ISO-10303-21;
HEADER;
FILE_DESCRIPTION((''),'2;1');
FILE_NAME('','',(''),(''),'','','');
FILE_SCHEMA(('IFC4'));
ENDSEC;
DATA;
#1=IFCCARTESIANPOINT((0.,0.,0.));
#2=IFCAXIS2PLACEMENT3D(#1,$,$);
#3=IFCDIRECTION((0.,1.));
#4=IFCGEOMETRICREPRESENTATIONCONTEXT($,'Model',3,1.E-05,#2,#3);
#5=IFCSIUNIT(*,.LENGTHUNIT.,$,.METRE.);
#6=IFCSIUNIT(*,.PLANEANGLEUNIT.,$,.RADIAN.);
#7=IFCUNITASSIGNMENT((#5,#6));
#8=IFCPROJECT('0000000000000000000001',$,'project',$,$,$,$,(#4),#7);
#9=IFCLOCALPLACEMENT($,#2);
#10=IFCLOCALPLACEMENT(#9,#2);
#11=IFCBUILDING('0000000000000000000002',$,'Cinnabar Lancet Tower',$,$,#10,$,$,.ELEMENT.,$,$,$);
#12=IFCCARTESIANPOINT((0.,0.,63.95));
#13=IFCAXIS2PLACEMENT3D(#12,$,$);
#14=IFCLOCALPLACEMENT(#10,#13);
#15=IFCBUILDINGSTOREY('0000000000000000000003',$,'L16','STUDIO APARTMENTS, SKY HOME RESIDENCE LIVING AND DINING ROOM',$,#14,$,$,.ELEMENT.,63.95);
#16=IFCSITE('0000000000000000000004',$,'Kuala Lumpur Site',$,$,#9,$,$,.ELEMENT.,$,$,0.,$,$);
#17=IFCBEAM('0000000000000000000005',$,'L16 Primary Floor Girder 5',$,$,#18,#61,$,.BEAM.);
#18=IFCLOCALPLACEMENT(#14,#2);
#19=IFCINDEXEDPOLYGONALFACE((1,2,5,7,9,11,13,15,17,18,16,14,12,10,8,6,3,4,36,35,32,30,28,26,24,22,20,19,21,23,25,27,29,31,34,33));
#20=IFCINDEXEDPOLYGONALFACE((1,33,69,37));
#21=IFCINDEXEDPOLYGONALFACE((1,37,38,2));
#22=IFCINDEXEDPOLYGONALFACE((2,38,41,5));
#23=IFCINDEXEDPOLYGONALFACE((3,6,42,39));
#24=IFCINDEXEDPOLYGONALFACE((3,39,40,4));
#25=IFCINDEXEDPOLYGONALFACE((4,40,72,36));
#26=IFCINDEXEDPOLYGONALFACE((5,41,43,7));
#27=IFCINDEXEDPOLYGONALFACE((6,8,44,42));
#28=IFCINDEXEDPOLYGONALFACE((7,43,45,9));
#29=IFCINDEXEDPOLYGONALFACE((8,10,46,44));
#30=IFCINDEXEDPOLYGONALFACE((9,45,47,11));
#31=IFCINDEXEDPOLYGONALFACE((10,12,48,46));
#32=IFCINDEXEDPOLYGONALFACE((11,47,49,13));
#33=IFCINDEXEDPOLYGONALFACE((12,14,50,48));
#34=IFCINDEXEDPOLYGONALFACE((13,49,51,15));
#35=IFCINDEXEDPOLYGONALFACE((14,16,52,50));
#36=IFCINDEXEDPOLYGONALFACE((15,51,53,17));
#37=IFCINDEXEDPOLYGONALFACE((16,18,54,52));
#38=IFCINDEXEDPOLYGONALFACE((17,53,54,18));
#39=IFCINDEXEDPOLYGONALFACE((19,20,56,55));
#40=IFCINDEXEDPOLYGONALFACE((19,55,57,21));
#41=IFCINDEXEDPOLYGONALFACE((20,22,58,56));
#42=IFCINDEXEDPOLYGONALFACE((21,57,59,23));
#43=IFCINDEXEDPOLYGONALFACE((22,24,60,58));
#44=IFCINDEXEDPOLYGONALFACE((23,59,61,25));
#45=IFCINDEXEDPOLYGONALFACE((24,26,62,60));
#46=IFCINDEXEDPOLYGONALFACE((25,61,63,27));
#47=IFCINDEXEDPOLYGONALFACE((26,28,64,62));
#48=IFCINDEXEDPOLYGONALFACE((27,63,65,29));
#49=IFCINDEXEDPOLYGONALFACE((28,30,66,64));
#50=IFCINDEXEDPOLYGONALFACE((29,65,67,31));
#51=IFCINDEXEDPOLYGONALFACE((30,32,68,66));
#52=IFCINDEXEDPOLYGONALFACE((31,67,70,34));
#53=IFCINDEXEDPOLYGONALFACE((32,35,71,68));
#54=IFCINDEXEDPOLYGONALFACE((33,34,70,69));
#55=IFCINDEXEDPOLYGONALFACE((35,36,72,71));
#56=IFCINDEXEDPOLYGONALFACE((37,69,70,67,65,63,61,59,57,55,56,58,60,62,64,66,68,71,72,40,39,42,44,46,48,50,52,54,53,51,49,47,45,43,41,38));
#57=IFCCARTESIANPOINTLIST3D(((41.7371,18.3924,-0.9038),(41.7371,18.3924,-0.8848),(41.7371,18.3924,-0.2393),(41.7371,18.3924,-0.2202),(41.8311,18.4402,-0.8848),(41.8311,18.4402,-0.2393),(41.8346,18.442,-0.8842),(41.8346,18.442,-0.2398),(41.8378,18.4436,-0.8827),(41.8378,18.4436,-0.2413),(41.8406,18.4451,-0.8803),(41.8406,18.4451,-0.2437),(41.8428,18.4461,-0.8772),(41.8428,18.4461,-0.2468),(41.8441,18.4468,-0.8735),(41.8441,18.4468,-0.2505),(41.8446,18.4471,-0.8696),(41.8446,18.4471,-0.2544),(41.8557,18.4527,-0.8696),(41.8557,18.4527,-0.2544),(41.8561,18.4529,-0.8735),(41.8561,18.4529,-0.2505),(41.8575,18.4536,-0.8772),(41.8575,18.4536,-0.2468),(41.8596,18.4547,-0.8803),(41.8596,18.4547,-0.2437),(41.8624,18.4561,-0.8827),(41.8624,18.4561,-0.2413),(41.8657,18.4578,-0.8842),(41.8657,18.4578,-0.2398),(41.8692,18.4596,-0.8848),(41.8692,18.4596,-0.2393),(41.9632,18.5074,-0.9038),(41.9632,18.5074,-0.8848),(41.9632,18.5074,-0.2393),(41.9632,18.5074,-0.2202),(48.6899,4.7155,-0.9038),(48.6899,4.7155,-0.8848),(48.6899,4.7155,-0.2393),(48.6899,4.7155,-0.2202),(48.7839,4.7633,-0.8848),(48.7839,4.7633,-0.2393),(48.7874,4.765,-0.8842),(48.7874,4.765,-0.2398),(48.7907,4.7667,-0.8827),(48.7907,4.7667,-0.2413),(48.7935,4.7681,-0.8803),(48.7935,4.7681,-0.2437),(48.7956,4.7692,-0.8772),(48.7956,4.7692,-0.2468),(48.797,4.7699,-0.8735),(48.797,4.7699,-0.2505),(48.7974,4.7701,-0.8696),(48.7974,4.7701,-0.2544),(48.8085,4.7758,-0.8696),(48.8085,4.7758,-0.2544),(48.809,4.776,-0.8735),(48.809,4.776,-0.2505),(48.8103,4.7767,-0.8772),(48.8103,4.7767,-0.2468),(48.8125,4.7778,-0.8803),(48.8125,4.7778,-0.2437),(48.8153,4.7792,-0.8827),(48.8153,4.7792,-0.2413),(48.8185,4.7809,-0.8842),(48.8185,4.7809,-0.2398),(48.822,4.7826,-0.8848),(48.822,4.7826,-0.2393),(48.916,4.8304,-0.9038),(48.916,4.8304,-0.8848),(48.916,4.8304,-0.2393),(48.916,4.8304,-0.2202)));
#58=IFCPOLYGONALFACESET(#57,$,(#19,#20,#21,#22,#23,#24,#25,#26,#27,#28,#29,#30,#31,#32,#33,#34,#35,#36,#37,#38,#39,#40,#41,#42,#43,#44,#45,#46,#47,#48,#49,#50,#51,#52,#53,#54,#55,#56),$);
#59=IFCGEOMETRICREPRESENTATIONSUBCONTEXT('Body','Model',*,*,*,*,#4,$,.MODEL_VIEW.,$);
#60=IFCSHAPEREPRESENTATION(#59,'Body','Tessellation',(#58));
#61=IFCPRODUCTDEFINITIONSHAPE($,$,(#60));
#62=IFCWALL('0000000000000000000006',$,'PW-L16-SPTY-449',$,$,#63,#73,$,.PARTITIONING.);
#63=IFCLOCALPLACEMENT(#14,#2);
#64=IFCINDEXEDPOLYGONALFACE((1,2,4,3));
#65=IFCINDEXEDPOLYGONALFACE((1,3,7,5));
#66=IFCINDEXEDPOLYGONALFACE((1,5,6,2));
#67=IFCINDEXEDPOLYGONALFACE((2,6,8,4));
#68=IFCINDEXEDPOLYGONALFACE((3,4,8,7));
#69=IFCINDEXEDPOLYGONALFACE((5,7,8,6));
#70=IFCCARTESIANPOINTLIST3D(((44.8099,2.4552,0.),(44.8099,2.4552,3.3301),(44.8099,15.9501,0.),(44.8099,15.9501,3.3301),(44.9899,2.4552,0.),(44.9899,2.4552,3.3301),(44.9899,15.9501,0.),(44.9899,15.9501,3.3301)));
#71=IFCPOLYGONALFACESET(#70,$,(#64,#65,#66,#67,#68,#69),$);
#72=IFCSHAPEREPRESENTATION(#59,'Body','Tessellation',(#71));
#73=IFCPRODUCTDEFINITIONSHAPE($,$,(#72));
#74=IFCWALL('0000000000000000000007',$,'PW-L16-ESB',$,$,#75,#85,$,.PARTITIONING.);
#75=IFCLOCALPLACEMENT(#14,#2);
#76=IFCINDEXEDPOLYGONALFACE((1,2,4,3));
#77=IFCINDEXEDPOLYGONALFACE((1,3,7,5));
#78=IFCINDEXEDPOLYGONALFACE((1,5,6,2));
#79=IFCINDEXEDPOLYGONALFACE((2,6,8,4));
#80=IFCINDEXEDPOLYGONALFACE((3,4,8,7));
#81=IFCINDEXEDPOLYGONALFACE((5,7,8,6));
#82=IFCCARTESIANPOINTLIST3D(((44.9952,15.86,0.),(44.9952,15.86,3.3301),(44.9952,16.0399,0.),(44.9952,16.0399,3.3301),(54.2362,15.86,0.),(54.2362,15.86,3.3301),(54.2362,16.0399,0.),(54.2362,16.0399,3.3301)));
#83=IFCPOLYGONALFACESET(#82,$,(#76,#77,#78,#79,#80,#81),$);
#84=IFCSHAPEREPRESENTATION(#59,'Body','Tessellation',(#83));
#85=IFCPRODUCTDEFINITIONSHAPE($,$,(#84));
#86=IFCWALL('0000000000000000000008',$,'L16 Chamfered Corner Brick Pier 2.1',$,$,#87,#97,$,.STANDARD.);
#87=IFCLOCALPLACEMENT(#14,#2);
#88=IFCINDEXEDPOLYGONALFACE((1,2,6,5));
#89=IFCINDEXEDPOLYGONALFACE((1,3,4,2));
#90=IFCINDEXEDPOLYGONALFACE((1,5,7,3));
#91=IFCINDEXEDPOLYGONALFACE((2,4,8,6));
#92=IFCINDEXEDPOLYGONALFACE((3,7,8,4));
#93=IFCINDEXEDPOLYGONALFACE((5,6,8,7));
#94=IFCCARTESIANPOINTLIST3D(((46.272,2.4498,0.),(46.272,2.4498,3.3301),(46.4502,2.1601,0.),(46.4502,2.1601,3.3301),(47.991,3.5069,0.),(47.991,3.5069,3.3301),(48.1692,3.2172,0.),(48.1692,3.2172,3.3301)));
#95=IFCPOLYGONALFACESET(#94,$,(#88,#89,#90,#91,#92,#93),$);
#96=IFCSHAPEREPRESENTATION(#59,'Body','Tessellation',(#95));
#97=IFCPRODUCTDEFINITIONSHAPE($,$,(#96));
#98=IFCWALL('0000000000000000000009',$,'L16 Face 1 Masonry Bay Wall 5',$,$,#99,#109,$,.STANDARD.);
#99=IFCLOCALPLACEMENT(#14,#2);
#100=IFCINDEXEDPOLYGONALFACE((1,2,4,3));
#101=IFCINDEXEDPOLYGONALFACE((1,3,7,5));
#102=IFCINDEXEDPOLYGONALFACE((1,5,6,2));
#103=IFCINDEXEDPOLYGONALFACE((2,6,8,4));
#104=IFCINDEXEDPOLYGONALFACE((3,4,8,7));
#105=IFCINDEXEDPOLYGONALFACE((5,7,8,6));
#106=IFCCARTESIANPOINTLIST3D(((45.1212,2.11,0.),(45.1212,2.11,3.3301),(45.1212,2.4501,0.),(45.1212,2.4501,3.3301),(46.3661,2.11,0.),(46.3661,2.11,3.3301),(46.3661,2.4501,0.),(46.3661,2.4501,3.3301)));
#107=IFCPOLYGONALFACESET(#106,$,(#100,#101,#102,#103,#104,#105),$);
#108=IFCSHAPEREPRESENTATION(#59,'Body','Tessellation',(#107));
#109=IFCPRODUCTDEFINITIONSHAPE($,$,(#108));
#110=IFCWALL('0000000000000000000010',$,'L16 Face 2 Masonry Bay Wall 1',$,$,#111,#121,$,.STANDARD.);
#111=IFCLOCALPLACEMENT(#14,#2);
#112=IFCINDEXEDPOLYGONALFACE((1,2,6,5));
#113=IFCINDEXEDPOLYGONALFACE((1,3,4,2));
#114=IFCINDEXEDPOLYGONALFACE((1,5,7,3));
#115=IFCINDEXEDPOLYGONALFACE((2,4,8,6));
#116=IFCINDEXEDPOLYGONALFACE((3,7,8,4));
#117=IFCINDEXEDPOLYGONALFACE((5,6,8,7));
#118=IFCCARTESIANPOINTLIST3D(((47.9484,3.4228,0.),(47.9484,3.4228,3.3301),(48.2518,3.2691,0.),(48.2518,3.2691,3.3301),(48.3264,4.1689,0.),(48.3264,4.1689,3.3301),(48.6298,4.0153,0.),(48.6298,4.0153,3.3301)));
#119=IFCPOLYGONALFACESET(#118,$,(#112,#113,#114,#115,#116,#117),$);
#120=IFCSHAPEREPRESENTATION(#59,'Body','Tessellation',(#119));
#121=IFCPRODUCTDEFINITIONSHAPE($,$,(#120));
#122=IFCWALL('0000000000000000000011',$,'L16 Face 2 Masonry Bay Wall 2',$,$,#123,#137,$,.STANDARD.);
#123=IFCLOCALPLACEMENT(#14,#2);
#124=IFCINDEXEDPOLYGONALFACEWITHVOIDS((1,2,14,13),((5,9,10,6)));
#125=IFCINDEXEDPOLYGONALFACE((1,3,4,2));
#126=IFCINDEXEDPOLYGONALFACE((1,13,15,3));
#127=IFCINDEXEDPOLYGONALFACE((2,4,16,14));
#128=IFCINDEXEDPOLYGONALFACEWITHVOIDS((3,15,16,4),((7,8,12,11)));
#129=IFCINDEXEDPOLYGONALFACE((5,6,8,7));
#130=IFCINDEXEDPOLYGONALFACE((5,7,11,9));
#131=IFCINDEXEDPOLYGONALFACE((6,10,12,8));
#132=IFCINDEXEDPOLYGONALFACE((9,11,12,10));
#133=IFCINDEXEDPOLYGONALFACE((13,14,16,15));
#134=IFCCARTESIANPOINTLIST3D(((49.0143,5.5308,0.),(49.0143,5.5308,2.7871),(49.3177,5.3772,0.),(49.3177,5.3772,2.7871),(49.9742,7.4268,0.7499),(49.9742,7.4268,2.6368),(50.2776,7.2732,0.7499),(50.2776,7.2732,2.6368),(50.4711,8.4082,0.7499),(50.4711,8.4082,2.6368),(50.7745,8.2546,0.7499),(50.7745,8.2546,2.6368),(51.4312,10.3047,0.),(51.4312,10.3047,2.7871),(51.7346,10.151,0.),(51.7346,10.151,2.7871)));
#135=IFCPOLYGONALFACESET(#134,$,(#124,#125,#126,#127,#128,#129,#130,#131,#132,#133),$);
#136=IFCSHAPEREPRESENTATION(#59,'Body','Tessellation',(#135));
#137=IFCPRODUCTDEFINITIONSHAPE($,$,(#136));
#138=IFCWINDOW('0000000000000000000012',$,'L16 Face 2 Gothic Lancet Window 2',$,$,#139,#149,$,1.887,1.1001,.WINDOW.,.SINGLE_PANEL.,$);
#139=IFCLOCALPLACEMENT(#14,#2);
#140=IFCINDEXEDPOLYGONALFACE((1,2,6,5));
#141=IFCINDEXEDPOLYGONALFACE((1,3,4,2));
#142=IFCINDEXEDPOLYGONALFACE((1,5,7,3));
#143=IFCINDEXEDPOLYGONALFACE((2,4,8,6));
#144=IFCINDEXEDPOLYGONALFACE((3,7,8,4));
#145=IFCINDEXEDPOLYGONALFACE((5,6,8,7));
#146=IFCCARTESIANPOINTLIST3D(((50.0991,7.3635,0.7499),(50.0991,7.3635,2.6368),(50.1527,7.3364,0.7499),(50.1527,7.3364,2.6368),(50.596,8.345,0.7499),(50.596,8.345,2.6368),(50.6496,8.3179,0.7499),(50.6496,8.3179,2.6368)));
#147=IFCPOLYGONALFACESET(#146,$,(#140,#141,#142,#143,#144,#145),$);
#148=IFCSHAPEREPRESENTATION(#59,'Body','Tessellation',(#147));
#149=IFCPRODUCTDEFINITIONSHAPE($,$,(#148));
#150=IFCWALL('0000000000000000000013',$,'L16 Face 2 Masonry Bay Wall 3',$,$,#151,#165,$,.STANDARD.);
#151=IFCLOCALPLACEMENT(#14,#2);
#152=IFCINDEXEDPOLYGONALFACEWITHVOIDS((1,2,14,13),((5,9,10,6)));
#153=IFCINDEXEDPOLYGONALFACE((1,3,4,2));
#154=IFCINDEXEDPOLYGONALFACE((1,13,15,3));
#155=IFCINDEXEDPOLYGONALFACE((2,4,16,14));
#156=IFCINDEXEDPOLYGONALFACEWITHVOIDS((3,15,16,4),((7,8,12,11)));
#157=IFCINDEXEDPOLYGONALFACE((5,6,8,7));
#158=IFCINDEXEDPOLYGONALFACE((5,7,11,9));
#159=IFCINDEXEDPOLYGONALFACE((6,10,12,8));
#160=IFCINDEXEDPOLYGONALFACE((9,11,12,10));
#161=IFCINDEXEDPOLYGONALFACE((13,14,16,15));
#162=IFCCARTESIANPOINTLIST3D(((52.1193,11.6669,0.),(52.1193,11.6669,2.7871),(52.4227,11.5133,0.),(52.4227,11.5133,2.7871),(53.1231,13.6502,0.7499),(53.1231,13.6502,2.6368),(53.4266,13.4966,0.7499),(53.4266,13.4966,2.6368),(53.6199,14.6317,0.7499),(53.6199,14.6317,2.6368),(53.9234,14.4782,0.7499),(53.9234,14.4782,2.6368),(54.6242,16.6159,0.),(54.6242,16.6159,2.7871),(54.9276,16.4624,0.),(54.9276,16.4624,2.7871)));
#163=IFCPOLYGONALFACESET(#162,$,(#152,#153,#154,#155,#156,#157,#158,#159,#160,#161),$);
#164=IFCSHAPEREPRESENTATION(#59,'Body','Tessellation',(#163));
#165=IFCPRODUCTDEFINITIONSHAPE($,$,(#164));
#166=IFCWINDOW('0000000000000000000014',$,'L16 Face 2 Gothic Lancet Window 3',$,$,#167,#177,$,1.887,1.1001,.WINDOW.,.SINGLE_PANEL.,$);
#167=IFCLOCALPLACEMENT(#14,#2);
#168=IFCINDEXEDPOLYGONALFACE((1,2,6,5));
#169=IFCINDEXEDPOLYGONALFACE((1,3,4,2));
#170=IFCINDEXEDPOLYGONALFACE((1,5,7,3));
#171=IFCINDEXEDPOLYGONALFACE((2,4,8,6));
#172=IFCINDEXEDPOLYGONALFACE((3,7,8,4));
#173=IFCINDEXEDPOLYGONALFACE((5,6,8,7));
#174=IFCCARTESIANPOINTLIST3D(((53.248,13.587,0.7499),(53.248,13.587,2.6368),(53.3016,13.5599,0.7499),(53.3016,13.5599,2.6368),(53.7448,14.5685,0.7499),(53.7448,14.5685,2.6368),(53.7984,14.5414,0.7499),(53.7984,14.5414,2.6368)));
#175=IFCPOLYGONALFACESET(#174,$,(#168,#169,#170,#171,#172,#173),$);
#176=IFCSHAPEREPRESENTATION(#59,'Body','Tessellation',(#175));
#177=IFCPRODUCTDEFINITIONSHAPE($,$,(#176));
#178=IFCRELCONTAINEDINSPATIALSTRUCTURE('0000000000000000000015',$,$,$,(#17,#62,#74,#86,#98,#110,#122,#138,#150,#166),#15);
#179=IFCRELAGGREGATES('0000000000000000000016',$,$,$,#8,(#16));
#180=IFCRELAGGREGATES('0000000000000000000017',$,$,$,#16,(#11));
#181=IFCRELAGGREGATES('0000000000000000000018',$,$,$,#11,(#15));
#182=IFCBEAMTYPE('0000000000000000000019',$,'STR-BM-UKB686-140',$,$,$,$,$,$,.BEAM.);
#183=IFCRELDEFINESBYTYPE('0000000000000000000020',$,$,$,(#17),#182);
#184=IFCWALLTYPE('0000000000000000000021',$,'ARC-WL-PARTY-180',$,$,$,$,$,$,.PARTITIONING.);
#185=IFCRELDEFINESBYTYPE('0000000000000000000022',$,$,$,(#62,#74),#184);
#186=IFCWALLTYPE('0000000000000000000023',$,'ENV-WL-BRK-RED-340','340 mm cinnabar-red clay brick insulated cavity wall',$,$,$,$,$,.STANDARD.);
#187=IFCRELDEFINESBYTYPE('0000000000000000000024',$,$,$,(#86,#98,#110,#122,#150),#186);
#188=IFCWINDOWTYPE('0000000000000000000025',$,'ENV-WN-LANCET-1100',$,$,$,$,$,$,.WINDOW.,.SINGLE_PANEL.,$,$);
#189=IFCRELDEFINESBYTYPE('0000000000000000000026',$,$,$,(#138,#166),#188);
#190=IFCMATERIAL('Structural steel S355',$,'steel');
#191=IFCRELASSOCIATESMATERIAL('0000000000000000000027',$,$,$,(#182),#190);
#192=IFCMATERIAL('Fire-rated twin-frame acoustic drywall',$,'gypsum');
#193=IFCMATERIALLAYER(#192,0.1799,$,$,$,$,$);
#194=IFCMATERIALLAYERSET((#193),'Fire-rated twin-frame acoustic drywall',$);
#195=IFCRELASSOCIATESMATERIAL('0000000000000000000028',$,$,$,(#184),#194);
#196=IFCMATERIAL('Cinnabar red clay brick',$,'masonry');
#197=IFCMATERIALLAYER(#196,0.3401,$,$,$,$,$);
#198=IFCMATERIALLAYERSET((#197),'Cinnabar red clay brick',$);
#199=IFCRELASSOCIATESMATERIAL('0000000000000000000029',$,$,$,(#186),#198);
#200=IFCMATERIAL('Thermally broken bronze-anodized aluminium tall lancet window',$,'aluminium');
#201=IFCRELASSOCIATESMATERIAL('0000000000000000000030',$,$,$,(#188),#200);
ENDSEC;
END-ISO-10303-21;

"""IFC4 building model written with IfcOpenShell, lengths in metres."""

from ifc_helpers import new_model, si_unit, direction, frame, frame_2d, origin, origin_2d, place, context, subcontext, project, spatial, rectangle, i_section, extrude, material, layer, layer_set, material_profile, profile_set, type_object, element, fill, save


model = new_model("IFC4")

# Units and contexts
model_context = context("Model", 3, precision=1e-05, world=origin(), true_north=direction((0.0, 1.0)))
body_context = subcontext(model_context, "Body", "Model", "MODEL_VIEW")
ifc_project = project(units=[si_unit("LENGTHUNIT", "METRE"), si_unit("PLANEANGLEUNIT", "RADIAN")], contexts=[model_context])

# Site, building, storey
site_placement = place(None, origin())
site = spatial("IfcSite", under=ifc_project, at=site_placement, Name="Kuala Lumpur Site", CompositionType="ELEMENT", RefElevation=0.0)
building_placement = place(site_placement, origin())
building = spatial("IfcBuilding", under=site, at=building_placement, Name="Cinnabar Lancet Tower", CompositionType="ELEMENT")
storey_placement = place(building_placement, frame((0.0, 0.0, 63.95)))
storey = spatial("IfcBuildingStorey", under=building, at=storey_placement, Name="L16", Description="STUDIO APARTMENTS, SKY HOME RESIDENCE LIVING AND DINING ROOM", CompositionType="ELEMENT", Elevation=63.95)

# Beam
ifc_material_1 = material(Name="Structural steel S355", Category="steel")
ifc_material_profile_1 = material_profile(ifc_material_1, i_section(OverallWidth=0.2537, OverallDepth=0.6836, WebThickness=0.0125, FlangeThickness=0.019, FilletRadius=0.0151, at=origin_2d()), Name="UKB 686x254x140")
ifc_profile_set_1 = profile_set([ifc_material_profile_1], Name="Structural steel S355")
beam_type_1 = type_object("IfcBeamType", Name="STR-BM-UKB686-140", PredefinedType="BEAM", material=ifc_profile_set_1)
beam_1_placement = place(storey_placement, frame((48.803, 4.7729, -0.562), z_axis=(-0.453168, 0.891425, 0.0), x_axis=(-0.891425, -0.453168, 0.0)))
element("IfcBeam", 1, at=beam_1_placement, inside=storey, type_object=beam_type_1, Name="L16 Primary Floor Girder 5", PredefinedType="BEAM", context=body_context, shape_type="SweptSolid", body=[
    extrude(i_section(OverallWidth=0.2537, OverallDepth=0.6836, WebThickness=0.0125, FlangeThickness=0.019, FilletRadius=0.0151, at=origin_2d()), origin(), (0.0, 0.0, 1.0), 15.3428),
])

# Walls
ifc_material_2 = material(Name="Fire-rated twin-frame acoustic drywall", Category="gypsum")
ifc_layer_1 = layer(ifc_material_2, 0.1799)
ifc_layer_set_1 = layer_set([ifc_layer_1], Name="Fire-rated twin-frame acoustic drywall")
wall_type_1 = type_object("IfcWallType", Name="ARC-WL-PARTY-180", PredefinedType="PARTITIONING", material=ifc_layer_set_1)
wall_1_placement = place(storey_placement, frame((44.8999, 2.4551, 0.0), z_axis=(0.0, 0.0, 1.0), x_axis=(0.0, 1.0, 0.0)))
element("IfcWall", 2, at=wall_1_placement, inside=storey, type_object=wall_type_1, Name="PW-L16-SPTY-449", PredefinedType="PARTITIONING", context=body_context, shape_type="SweptSolid", body=[
    extrude(rectangle(XDim=13.4949, YDim=0.1799, at=frame_2d((6.7476, 0.0))), origin(), (0.0, 0.0, 1.0), 3.3301),
])
wall_2_placement = place(storey_placement, frame((44.9951, 15.95, 0.0), z_axis=(0.0, 0.0, 1.0), x_axis=(1.0, 0.0, 0.0)))
element("IfcWall", 3, at=wall_2_placement, inside=storey, type_object=wall_type_1, Name="PW-L16-ESB", PredefinedType="PARTITIONING", context=body_context, shape_type="SweptSolid", body=[
    extrude(rectangle(XDim=9.241, YDim=0.1799, at=frame_2d((4.6206, 0.0))), origin(), (0.0, 0.0, 1.0), 3.3301),
])
ifc_material_3 = material(Name="Cinnabar red clay brick", Category="masonry")
ifc_layer_2 = layer(ifc_material_3, 0.3401)
ifc_layer_set_2 = layer_set([ifc_layer_2], Name="Cinnabar red clay brick")
wall_type_2 = type_object("IfcWallType", Name="ENV-WL-BRK-RED-340", Description="340 mm cinnabar-red clay brick insulated cavity wall", PredefinedType="STANDARD", material=ifc_layer_set_2)
wall_3_placement = place(storey_placement, frame((46.3611, 2.3049, 0.0), z_axis=(0.0, 0.0, 1.0), x_axis=(0.851816, 0.523841, 0.0)))
element("IfcWall", 4, at=wall_3_placement, inside=storey, type_object=wall_type_2, Name="L16 Chamfered Corner Brick Pier 2.1", PredefinedType="STANDARD", context=body_context, shape_type="SweptSolid", body=[
    extrude(rectangle(XDim=2.0181, YDim=0.3401, at=frame_2d((1.009, 0.0))), origin(), (0.0, 0.0, 1.0), 3.3301),
])
wall_4_placement = place(storey_placement, frame((45.1211, 2.28, 0.0), z_axis=(0.0, 0.0, 1.0), x_axis=(1.0, 0.0, 0.0)))
element("IfcWall", 5, at=wall_4_placement, inside=storey, type_object=wall_type_2, Name="L16 Face 1 Masonry Bay Wall 5", PredefinedType="STANDARD", context=body_context, shape_type="SweptSolid", body=[
    extrude(rectangle(XDim=1.2449, YDim=0.3401, at=frame_2d((0.6226, 0.0))), origin(), (0.0, 0.0, 1.0), 3.3301),
])
wall_5_placement = place(storey_placement, frame((48.1001, 3.3459, 0.0), z_axis=(0.0, 0.0, 1.0), x_axis=(0.451878, 0.89208, 0.0)))
element("IfcWall", 6, at=wall_5_placement, inside=storey, type_object=wall_type_2, Name="L16 Face 2 Masonry Bay Wall 1", PredefinedType="STANDARD", context=body_context, shape_type="SweptSolid", body=[
    extrude(rectangle(XDim=0.8364, YDim=0.3401, at=frame_2d((0.4182, 0.0))), origin(), (0.0, 0.0, 1.0), 3.3301),
])

# Walls, openings, windows
wall_6_placement = place(storey_placement, frame((49.166, 5.4541, 0.0), z_axis=(0.0, 0.0, 1.0), x_axis=(0.451698, 0.892171, 0.0)))
wall_6 = element("IfcWall", 7, at=wall_6_placement, inside=storey, type_object=wall_type_2, Name="L16 Face 2 Masonry Bay Wall 2", PredefinedType="STANDARD", context=body_context, shape_type="SweptSolid", body=[
    extrude(rectangle(XDim=5.3508, YDim=0.3401, at=frame_2d((2.6753, 0.0))), origin(), (0.0, 0.0, 1.0), 2.7871),
])
opening_1_placement = place(wall_6_placement, frame((2.125, 0.0, 0.75)))
opening_1 = element("IfcOpeningElement", 8, at=opening_1_placement, cuts=wall_6, PredefinedType="OPENING", context=body_context, shape_type="SweptSolid", body=[
    extrude(rectangle(XDim=1.1001, YDim=1.887, at=frame_2d((0.55, 0.9434))), frame((0.0, 0.1799, 0.0), z_axis=(0.0, -1.0, 0.0), x_axis=(1.0, 0.0, 0.0)), (0.0, 0.0, 1.0), 0.3601),
])
ifc_material_4 = material(Name="Thermally broken bronze-anodized aluminium tall lancet window", Category="aluminium")
window_type = type_object("IfcWindowType", Name="ENV-WN-LANCET-1100", PartitioningType="SINGLE_PANEL", PredefinedType="WINDOW", material=ifc_material_4)
window_1_placement = place(opening_1_placement, origin())
window_1 = element("IfcWindow", 9, at=window_1_placement, inside=storey, type_object=window_type, Name="L16 Face 2 Gothic Lancet Window 2", OverallHeight=1.887, OverallWidth=1.1001, PartitioningType="SINGLE_PANEL", PredefinedType="WINDOW", context=body_context, shape_type="SweptSolid", body=[
    extrude(rectangle(XDim=1.1001, YDim=1.887, at=frame_2d((0.55, 0.9434))), frame((0.0, 0.03, 0.0), z_axis=(0.0, -1.0, 0.0), x_axis=(1.0, 0.0, 0.0)), (0.0, 0.0, 1.0), 0.0601),
])
fill(opening_1, window_1)
wall_7_placement = place(storey_placement, frame((52.271, 11.5901, 0.0), z_axis=(0.0, 0.0, 1.0), x_axis=(0.451592, 0.892225, 0.0)))
wall_7 = element("IfcWall", 10, at=wall_7_placement, inside=storey, type_object=wall_type_2, Name="L16 Face 2 Masonry Bay Wall 3", PredefinedType="STANDARD", context=body_context, shape_type="SweptSolid", body=[
    extrude(rectangle(XDim=5.5469, YDim=0.3401, at=frame_2d((2.7734, 0.0))), origin(), (0.0, 0.0, 1.0), 2.7871),
])
opening_2_placement = place(wall_7_placement, frame((2.2229, 0.0, 0.75)))
opening_2 = element("IfcOpeningElement", 11, at=opening_2_placement, cuts=wall_7, PredefinedType="OPENING", context=body_context, shape_type="SweptSolid", body=[
    extrude(rectangle(XDim=1.1001, YDim=1.887, at=frame_2d((0.55, 0.9434))), frame((0.0, 0.1799, 0.0), z_axis=(0.0, -1.0, 0.0), x_axis=(1.0, 0.0, 0.0)), (0.0, 0.0, 1.0), 0.3601),
])
window_2_placement = place(opening_2_placement, origin())
window_2 = element("IfcWindow", 12, at=window_2_placement, inside=storey, type_object=window_type, Name="L16 Face 2 Gothic Lancet Window 3", OverallHeight=1.887, OverallWidth=1.1001, PartitioningType="SINGLE_PANEL", PredefinedType="WINDOW", context=body_context, shape_type="SweptSolid", body=[
    extrude(rectangle(XDim=1.1001, YDim=1.887, at=frame_2d((0.55, 0.9434))), frame((0.0, 0.03, 0.0), z_axis=(0.0, -1.0, 0.0), x_axis=(1.0, 0.0, 0.0)), (0.0, 0.0, 1.0), 0.0601),
])
fill(opening_2, window_2)

save(model, "model.ifc")
